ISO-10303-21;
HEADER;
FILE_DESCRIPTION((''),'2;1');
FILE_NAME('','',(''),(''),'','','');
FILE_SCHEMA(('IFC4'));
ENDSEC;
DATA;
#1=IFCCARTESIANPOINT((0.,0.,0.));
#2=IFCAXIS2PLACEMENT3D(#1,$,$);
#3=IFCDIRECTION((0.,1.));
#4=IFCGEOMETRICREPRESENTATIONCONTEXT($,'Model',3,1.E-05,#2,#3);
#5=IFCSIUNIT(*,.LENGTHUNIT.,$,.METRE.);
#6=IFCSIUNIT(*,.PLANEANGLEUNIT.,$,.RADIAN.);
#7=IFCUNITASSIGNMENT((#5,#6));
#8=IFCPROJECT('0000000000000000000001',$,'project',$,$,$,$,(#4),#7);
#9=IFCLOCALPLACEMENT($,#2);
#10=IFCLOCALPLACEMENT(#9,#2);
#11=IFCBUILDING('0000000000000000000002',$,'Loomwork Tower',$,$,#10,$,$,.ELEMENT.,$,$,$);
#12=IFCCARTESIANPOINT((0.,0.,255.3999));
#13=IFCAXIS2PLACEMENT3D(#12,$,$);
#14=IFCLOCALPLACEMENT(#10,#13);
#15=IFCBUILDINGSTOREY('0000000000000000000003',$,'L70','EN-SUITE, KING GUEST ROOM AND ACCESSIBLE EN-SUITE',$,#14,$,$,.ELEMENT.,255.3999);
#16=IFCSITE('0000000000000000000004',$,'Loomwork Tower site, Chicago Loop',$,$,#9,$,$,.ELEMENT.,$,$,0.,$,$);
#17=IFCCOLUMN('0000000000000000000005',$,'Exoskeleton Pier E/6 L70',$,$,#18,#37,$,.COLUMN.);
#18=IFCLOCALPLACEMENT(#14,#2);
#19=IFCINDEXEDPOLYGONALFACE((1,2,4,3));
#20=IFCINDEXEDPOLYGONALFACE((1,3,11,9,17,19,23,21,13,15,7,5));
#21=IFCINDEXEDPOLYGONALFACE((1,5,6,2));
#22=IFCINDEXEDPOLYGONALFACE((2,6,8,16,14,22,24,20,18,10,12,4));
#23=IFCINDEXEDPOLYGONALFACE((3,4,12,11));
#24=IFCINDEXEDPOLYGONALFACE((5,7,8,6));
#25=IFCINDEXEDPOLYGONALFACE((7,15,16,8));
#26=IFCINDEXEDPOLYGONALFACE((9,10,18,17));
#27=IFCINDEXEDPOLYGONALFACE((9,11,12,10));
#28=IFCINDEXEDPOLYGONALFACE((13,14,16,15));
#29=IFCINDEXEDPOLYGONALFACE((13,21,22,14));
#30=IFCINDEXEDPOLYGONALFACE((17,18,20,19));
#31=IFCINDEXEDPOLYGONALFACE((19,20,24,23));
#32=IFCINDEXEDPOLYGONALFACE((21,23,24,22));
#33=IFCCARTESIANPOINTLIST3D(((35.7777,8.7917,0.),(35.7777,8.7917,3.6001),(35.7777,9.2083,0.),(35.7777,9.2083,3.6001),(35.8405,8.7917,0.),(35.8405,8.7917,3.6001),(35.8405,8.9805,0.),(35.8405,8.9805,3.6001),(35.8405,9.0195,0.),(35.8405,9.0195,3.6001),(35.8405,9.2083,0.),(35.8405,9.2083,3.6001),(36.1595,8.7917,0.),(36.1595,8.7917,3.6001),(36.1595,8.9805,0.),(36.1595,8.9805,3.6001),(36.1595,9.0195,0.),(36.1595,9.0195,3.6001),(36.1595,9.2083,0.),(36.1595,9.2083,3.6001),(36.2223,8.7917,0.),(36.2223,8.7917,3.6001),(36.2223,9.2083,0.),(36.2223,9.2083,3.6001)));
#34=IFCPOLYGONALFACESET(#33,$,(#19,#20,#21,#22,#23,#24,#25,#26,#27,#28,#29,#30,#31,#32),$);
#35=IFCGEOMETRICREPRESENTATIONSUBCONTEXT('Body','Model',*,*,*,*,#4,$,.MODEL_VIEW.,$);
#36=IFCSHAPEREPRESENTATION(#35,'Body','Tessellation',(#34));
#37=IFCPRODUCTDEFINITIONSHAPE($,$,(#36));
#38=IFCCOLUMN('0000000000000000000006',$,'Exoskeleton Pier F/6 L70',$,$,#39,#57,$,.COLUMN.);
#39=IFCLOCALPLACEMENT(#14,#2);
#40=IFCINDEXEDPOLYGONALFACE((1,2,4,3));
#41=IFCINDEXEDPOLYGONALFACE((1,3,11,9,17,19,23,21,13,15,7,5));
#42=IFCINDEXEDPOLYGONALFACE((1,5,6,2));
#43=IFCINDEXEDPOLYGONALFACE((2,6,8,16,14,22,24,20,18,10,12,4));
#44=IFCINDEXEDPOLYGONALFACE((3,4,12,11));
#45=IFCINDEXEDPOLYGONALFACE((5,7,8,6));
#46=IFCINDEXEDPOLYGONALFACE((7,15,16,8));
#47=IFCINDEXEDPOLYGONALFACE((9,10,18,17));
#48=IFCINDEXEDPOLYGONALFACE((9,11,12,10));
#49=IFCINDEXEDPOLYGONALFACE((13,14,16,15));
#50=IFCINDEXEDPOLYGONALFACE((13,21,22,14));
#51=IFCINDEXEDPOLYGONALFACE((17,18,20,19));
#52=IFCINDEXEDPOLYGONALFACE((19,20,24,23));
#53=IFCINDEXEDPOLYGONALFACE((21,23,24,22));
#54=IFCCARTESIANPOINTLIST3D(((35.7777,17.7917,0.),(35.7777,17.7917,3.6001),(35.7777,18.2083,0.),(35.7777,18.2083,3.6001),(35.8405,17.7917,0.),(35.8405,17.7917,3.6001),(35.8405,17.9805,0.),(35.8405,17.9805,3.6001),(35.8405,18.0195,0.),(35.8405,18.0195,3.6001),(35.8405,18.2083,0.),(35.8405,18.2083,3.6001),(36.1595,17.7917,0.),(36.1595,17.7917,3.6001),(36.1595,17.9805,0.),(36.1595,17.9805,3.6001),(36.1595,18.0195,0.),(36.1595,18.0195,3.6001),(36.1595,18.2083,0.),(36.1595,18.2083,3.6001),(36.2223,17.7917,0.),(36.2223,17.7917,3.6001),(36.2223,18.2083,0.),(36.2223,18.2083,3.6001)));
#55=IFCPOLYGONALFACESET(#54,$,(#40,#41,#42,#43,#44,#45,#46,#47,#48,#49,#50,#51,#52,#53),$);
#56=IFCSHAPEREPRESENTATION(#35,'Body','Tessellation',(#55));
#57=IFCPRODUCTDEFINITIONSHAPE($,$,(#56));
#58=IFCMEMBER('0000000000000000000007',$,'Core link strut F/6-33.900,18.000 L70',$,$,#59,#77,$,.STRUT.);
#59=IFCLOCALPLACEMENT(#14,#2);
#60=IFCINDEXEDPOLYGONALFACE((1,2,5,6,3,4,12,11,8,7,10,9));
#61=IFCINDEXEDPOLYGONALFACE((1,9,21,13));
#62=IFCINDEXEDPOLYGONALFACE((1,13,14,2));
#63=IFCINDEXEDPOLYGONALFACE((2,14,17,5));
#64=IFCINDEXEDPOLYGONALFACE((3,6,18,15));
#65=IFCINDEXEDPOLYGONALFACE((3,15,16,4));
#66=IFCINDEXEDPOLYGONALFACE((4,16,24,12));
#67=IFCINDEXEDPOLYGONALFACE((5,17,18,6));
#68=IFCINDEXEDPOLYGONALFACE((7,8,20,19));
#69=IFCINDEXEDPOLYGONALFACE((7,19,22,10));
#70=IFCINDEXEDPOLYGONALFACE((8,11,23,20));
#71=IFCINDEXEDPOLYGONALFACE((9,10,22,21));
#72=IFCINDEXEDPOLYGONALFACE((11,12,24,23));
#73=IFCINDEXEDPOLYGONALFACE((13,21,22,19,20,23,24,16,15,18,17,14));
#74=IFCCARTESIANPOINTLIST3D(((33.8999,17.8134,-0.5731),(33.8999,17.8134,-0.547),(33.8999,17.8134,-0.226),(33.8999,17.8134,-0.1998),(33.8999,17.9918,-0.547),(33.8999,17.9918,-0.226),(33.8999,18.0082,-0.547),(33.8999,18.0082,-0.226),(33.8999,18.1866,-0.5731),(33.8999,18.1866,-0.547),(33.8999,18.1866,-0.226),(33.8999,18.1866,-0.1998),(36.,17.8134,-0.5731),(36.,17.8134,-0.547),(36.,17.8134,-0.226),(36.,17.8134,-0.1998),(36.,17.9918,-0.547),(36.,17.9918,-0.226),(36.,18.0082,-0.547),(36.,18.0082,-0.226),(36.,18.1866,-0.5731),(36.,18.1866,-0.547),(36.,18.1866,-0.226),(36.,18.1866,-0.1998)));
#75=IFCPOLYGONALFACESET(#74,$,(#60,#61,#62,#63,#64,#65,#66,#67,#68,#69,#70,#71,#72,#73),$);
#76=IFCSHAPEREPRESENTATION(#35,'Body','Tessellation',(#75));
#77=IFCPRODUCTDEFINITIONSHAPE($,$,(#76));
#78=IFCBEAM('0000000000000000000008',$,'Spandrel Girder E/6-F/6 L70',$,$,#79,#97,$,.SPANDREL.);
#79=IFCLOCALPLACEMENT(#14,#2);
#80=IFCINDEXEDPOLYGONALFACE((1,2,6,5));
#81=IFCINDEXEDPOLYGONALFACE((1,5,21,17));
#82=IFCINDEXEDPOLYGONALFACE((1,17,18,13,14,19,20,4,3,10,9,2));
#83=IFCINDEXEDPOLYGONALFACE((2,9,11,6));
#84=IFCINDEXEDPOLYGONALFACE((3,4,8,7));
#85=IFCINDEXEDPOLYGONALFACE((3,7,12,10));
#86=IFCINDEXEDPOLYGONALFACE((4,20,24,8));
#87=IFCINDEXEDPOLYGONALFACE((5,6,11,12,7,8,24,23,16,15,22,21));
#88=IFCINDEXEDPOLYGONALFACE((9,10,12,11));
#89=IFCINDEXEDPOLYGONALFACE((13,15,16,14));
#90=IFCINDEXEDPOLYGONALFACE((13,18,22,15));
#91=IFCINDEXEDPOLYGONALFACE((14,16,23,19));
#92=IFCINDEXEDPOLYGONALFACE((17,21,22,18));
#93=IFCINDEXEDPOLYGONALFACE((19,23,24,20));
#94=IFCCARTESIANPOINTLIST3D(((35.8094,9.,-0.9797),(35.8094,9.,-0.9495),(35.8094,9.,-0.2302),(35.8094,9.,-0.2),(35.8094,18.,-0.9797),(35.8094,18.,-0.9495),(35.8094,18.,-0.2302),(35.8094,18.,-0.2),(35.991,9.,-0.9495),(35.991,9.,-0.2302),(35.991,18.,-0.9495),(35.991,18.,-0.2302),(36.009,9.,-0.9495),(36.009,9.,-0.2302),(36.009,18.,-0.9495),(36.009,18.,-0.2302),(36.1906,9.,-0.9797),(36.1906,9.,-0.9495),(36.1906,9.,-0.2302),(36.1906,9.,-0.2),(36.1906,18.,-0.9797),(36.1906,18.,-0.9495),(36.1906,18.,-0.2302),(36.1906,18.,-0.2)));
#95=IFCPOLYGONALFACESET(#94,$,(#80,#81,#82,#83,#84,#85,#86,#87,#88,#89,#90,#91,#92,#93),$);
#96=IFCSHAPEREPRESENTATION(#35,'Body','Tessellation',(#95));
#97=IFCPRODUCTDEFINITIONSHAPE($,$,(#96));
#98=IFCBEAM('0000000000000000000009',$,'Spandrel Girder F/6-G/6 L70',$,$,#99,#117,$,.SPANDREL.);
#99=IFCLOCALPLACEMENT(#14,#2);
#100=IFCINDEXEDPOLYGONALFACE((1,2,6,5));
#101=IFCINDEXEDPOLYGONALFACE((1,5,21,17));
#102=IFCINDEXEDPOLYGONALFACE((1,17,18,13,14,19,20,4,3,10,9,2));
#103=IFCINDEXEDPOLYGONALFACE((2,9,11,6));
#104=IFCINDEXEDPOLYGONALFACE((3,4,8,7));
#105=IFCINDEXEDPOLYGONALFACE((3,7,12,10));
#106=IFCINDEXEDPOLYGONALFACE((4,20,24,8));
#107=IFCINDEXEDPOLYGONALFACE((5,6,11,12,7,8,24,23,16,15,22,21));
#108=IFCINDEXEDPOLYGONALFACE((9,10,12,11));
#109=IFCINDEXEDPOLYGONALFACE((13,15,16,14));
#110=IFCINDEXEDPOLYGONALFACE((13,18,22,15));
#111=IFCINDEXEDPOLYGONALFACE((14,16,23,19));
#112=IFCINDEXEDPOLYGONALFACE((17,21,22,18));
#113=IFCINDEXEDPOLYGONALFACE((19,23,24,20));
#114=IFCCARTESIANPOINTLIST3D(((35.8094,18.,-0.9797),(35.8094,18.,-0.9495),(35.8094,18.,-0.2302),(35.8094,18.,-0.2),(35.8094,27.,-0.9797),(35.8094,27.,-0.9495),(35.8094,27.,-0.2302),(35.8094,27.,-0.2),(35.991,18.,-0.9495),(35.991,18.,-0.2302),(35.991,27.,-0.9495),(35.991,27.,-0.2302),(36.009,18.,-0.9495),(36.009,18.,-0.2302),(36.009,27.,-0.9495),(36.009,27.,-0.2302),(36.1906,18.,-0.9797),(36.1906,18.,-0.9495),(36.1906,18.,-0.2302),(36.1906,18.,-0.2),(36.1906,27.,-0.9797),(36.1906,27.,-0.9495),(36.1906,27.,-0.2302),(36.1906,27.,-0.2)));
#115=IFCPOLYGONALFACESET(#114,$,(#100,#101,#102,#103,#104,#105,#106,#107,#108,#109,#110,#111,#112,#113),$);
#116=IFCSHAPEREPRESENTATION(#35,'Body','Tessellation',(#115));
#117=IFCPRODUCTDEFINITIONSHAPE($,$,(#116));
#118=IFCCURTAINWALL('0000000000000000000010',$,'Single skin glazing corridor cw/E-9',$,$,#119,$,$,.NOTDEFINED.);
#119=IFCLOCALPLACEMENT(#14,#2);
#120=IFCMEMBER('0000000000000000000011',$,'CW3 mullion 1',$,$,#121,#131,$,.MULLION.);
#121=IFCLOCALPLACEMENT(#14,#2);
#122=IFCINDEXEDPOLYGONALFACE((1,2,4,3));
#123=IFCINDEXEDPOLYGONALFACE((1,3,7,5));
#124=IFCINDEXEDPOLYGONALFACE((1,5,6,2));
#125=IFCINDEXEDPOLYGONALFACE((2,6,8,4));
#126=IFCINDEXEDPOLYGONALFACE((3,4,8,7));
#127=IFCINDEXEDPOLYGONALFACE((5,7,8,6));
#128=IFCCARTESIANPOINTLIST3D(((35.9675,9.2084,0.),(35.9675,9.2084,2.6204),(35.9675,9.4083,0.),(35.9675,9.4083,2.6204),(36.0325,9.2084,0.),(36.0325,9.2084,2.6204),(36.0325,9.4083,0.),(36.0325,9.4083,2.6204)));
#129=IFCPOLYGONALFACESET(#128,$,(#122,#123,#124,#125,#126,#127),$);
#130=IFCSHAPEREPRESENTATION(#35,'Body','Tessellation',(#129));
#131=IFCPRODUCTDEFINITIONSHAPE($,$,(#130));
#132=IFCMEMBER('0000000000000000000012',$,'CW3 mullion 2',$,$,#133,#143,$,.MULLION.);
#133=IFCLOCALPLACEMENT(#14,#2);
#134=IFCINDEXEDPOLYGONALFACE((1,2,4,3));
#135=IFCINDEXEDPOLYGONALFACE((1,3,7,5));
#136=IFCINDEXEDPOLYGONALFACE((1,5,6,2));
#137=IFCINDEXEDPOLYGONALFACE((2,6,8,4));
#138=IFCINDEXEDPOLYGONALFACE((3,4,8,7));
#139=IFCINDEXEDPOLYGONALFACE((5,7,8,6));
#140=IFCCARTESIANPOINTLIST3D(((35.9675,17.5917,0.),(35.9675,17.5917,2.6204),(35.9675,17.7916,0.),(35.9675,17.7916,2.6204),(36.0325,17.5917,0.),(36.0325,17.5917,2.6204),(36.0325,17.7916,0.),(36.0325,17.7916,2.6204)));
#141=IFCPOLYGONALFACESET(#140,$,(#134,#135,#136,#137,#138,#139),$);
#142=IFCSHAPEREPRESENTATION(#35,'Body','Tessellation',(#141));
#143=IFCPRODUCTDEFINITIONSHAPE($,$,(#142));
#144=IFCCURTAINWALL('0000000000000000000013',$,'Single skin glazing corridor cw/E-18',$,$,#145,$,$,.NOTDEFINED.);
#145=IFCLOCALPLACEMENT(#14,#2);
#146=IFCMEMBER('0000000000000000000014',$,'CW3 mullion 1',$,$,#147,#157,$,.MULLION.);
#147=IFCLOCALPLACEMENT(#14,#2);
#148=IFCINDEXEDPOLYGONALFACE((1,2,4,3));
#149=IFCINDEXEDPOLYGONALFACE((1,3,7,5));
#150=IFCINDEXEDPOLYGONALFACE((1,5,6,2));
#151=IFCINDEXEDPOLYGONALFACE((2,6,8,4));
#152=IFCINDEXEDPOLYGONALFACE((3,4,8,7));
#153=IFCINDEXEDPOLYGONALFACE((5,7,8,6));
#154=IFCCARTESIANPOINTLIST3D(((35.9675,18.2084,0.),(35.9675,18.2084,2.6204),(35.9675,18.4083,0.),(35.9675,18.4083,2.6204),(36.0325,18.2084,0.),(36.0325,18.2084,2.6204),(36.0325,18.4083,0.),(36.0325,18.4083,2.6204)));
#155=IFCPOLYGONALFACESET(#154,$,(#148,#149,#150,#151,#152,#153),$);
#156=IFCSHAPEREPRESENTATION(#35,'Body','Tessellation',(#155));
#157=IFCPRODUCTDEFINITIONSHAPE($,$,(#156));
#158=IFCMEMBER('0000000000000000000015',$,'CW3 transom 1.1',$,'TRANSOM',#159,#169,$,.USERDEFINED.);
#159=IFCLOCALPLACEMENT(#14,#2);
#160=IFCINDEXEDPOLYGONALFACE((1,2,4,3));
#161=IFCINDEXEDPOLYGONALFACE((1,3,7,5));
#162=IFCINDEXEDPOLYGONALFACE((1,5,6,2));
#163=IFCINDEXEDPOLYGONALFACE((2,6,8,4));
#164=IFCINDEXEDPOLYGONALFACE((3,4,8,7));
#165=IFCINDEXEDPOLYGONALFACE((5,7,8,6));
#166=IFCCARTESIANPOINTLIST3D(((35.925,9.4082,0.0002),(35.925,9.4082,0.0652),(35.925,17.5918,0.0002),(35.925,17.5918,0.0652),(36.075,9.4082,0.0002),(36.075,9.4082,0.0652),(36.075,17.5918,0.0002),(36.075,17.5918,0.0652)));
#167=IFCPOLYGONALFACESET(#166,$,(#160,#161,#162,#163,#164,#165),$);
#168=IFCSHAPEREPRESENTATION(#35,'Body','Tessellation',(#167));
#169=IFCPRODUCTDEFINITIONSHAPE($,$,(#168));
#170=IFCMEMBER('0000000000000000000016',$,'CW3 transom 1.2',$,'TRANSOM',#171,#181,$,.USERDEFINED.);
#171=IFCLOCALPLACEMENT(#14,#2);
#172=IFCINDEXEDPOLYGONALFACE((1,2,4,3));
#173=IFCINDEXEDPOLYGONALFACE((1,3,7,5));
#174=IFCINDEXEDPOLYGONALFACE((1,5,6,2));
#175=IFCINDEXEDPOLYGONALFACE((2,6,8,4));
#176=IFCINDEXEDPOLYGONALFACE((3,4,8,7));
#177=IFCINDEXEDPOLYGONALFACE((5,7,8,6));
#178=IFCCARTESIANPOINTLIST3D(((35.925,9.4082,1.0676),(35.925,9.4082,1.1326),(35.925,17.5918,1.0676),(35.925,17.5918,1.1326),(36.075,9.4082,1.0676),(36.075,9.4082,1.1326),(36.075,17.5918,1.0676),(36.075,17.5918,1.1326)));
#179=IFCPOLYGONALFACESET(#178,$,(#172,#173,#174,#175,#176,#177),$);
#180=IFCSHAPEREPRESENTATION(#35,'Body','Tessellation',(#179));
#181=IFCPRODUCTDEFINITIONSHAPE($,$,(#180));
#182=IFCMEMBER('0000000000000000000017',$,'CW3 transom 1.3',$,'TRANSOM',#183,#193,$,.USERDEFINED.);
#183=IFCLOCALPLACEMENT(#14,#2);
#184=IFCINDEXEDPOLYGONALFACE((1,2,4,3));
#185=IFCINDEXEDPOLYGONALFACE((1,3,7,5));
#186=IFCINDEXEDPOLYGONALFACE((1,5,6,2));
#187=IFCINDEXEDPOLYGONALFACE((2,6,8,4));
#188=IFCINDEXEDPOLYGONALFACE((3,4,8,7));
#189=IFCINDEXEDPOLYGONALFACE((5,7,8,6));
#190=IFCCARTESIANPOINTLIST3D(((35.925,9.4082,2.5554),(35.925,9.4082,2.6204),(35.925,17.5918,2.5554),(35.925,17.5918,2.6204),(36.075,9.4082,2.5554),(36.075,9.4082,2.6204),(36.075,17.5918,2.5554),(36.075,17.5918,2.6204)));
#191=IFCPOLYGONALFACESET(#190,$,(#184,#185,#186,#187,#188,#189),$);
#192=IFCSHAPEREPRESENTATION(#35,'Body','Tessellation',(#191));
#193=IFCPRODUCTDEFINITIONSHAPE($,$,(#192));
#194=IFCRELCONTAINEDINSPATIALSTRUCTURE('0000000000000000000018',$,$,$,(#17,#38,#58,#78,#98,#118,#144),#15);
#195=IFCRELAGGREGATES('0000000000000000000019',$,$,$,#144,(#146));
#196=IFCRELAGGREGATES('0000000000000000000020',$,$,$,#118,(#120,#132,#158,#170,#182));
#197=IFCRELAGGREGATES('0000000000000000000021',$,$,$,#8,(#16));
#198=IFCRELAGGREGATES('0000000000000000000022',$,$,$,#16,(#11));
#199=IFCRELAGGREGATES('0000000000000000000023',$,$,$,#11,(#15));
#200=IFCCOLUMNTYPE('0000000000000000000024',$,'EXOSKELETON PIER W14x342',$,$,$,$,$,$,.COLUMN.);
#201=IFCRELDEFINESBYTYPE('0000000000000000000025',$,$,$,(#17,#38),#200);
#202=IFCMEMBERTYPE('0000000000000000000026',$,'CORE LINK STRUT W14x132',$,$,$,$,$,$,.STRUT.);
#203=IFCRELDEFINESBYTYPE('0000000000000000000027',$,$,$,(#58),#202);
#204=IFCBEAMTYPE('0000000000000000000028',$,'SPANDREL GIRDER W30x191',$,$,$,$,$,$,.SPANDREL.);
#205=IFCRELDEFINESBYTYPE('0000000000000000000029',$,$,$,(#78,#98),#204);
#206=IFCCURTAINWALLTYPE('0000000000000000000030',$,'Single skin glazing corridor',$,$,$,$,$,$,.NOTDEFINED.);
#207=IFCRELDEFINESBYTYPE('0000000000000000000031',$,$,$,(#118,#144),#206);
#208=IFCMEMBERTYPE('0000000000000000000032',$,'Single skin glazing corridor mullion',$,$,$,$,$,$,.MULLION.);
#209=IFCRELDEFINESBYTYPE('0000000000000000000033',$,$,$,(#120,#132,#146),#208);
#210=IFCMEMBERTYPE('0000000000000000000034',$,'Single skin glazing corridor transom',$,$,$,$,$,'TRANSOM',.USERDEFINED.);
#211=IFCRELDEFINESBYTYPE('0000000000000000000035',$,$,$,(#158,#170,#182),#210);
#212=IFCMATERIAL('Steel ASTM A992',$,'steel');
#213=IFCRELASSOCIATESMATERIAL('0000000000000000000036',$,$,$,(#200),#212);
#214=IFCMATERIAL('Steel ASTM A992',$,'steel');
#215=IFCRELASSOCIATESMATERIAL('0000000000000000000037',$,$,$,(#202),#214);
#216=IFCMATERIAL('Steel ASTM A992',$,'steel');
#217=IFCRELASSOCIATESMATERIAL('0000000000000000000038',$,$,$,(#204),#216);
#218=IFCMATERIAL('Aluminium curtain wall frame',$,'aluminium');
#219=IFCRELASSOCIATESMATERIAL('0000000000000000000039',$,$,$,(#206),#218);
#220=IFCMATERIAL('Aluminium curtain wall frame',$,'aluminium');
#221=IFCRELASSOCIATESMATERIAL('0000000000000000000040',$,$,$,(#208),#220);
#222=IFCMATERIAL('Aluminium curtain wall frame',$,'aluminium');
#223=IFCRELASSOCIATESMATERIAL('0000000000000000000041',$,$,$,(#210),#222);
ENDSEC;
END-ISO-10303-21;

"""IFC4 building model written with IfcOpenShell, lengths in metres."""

from ifc_helpers import new_model, si_unit, direction, frame, origin, origin_2d, place, context, subcontext, project, spatial, rectangle, i_section, extrude, material, material_profile, profile_set, type_object, element, aggregate, save


model = new_model("IFC4")

# Units and contexts
model_context = context("Model", 3, precision=1e-05, world=origin(), true_north=direction((0.0, 1.0)))
body_context = subcontext(model_context, "Body", "Model", "MODEL_VIEW")
ifc_project = project(units=[si_unit("LENGTHUNIT", "METRE"), si_unit("PLANEANGLEUNIT", "RADIAN")], contexts=[model_context])

# Site, building, storey
site_placement = place(None, origin())
site = spatial("IfcSite", under=ifc_project, at=site_placement, Name="Loomwork Tower site, Chicago Loop", CompositionType="ELEMENT", RefElevation=0.0)
building_placement = place(site_placement, origin())
building = spatial("IfcBuilding", under=site, at=building_placement, Name="Loomwork Tower", CompositionType="ELEMENT")
storey_placement = place(building_placement, frame((0.0, 0.0, 255.3999)))
storey = spatial("IfcBuildingStorey", under=building, at=storey_placement, Name="L70", Description="EN-SUITE, KING GUEST ROOM AND ACCESSIBLE EN-SUITE", CompositionType="ELEMENT", Elevation=255.3999)

# Columns
ifc_material_1 = material(Name="Steel ASTM A992", Category="steel")
ifc_material_profile_1 = material_profile(ifc_material_1, i_section(OverallWidth=0.4165, OverallDepth=0.4446, WebThickness=0.0391, FlangeThickness=0.0627, at=origin_2d()), Name="W14x342")
ifc_profile_set_1 = profile_set([ifc_material_profile_1], Name="Steel ASTM A992")
column_type = type_object("IfcColumnType", Name="EXOSKELETON PIER W14x342", PredefinedType="COLUMN", material=ifc_profile_set_1)
for number, where, z_axis, x_axis, name in (
    (1, (36.0, 9.0, 0.0), (0.0, 0.0, 1.0), (0.0, 1.0, 0.0), "Exoskeleton Pier E/6 L70"),
    (2, (36.0, 18.0, 0.0), (0.0, 0.0, 1.0), (0.0, 1.0, 0.0), "Exoskeleton Pier F/6 L70"),
):
    element("IfcColumn", number, at=place(storey_placement, frame(where, z_axis=z_axis, x_axis=x_axis)), inside=storey, type_object=column_type, Name=name, PredefinedType="COLUMN", context=body_context, shape_type="SweptSolid", body=[
        extrude(i_section(OverallWidth=0.4165, OverallDepth=0.4446, WebThickness=0.0391, FlangeThickness=0.0627, at=origin_2d()), origin(), (0.0, 0.0, 1.0), 3.6001),
    ])

# Member
ifc_material_2 = material(Name="Steel ASTM A992", Category="steel")
ifc_material_profile_2 = material_profile(ifc_material_2, i_section(OverallWidth=0.3733, OverallDepth=0.3733, WebThickness=0.0164, FlangeThickness=0.0261, at=origin_2d()), Name="W14x132")
ifc_profile_set_2 = profile_set([ifc_material_profile_2], Name="Steel ASTM A992")
member_type_1 = type_object("IfcMemberType", Name="CORE LINK STRUT W14x132", PredefinedType="STRUT", material=ifc_profile_set_2)
member_1_placement = place(storey_placement, frame((36.0, 18.0, -0.3865), z_axis=(-1.0, 0.0, 0.0), x_axis=(0.0, -1.0, 0.0)))
element("IfcMember", 3, at=member_1_placement, inside=storey, type_object=member_type_1, Name="Core link strut F/6-33.900,18.000 L70", PredefinedType="STRUT", context=body_context, shape_type="SweptSolid", body=[
    extrude(i_section(OverallWidth=0.3733, OverallDepth=0.3733, WebThickness=0.0164, FlangeThickness=0.0261, at=origin_2d()), origin(), (0.0, 0.0, 1.0), 2.1001),
])

# Beams
ifc_material_3 = material(Name="Steel ASTM A992", Category="steel")
ifc_material_profile_3 = material_profile(ifc_material_3, i_section(OverallWidth=0.3811, OverallDepth=0.7798, WebThickness=0.0181, FlangeThickness=0.0303, at=origin_2d()), Name="W30x191")
ifc_profile_set_3 = profile_set([ifc_material_profile_3], Name="Steel ASTM A992")
beam_type = type_object("IfcBeamType", Name="SPANDREL GIRDER W30x191", PredefinedType="SPANDREL", material=ifc_profile_set_3)
for number, where, z_axis, x_axis, name in (
    (4, (36.0, 9.0, -0.5898), (0.0, 1.0, 0.0), (-1.0, 0.0, 0.0), "Spandrel Girder E/6-F/6 L70"),
    (5, (36.0, 18.0, -0.5898), (0.0, 1.0, 0.0), (-1.0, 0.0, 0.0), "Spandrel Girder F/6-G/6 L70"),
):
    element("IfcBeam", number, at=place(storey_placement, frame(where, z_axis=z_axis, x_axis=x_axis)), inside=storey, type_object=beam_type, Name=name, PredefinedType="SPANDREL", context=body_context, shape_type="SweptSolid", body=[
        extrude(i_section(OverallWidth=0.3811, OverallDepth=0.7798, WebThickness=0.0181, FlangeThickness=0.0303, at=origin_2d()), origin(), (0.0, 0.0, 1.0), 9.0),
    ])

# Curtain wall, members
ifc_material_4 = material(Name="Aluminium curtain wall frame", Category="aluminium")
curtain_wall_type = type_object("IfcCurtainWallType", Name="Single skin glazing corridor", PredefinedType="NOTDEFINED", material=ifc_material_4)
curtain_wall_1_placement = place(storey_placement, origin())
curtain_wall_1 = element("IfcCurtainWall", 6, at=curtain_wall_1_placement, inside=storey, type_object=curtain_wall_type, Name="Single skin glazing corridor cw/E-9", PredefinedType="NOTDEFINED")
ifc_material_5 = material(Name="Aluminium curtain wall frame", Category="aluminium")
ifc_material_profile_4 = material_profile(ifc_material_5, rectangle(XDim=0.0649, YDim=0.2, at=origin_2d()), Name="AL 65x200")
ifc_profile_set_4 = profile_set([ifc_material_profile_4], Name="Aluminium curtain wall frame")
member_type_2 = type_object("IfcMemberType", Name="Single skin glazing corridor mullion", PredefinedType="MULLION", material=ifc_profile_set_4)
member_2_placement = place(storey_placement, frame((36.0, 9.3083, 0.0), z_axis=(0.0, 0.0, 1.0), x_axis=(-1.0, 0.0, 0.0)))
member_2 = element("IfcMember", 7, at=member_2_placement, type_object=member_type_2, Name="CW3 mullion 1", PredefinedType="MULLION", context=body_context, shape_type="SweptSolid", body=[
    extrude(rectangle(XDim=0.0649, YDim=0.2, at=origin_2d()), origin(), (0.0, 0.0, 1.0), 2.6204),
])
member_3_placement = place(storey_placement, frame((36.0, 17.6917, 0.0), z_axis=(0.0, 0.0, 1.0), x_axis=(-1.0, 0.0, 0.0)))
member_3 = element("IfcMember", 8, at=member_3_placement, type_object=member_type_2, Name="CW3 mullion 2", PredefinedType="MULLION", context=body_context, shape_type="SweptSolid", body=[
    extrude(rectangle(XDim=0.0649, YDim=0.2, at=origin_2d()), origin(), (0.0, 0.0, 1.0), 2.6204),
])

# Curtain wall, member
curtain_wall_2_placement = place(storey_placement, origin())
curtain_wall_2 = element("IfcCurtainWall", 9, at=curtain_wall_2_placement, inside=storey, type_object=curtain_wall_type, Name="Single skin glazing corridor cw/E-18", PredefinedType="NOTDEFINED")
member_4_placement = place(storey_placement, frame((36.0, 18.3083, 0.0), z_axis=(0.0, 0.0, 1.0), x_axis=(-1.0, 0.0, 0.0)))
member_4 = element("IfcMember", 10, at=member_4_placement, type_object=member_type_2, Name="CW3 mullion 1", PredefinedType="MULLION", context=body_context, shape_type="SweptSolid", body=[
    extrude(rectangle(XDim=0.0649, YDim=0.2, at=origin_2d()), origin(), (0.0, 0.0, 1.0), 2.6204),
])
aggregate(curtain_wall_2, [member_4])

# Members
ifc_material_6 = material(Name="Aluminium curtain wall frame", Category="aluminium")
ifc_material_profile_5 = material_profile(ifc_material_6, rectangle(XDim=0.1499, YDim=0.0649, at=origin_2d()), Name="AL 65x150")
ifc_profile_set_5 = profile_set([ifc_material_profile_5], Name="Aluminium curtain wall frame")
member_type_3 = type_object("IfcMemberType", Name="Single skin glazing corridor transom", ElementType="TRANSOM", PredefinedType="USERDEFINED", material=ifc_profile_set_5)
member_5_placement = place(storey_placement, frame((36.0, 9.4082, 0.0327), z_axis=(0.0, 1.0, 0.0), x_axis=(-1.0, 0.0, 0.0)))
member_5 = element("IfcMember", 11, at=member_5_placement, type_object=member_type_3, Name="CW3 transom 1.1", ObjectType="TRANSOM", PredefinedType="USERDEFINED", context=body_context, shape_type="SweptSolid", body=[
    extrude(rectangle(XDim=0.1499, YDim=0.0649, at=origin_2d()), origin(), (0.0, 0.0, 1.0), 8.1836),
])
member_6_placement = place(storey_placement, frame((36.0, 9.4082, 1.1001), z_axis=(0.0, 1.0, 0.0), x_axis=(-1.0, 0.0, 0.0)))
member_6 = element("IfcMember", 12, at=member_6_placement, type_object=member_type_3, Name="CW3 transom 1.2", ObjectType="TRANSOM", PredefinedType="USERDEFINED", context=body_context, shape_type="SweptSolid", body=[
    extrude(rectangle(XDim=0.1499, YDim=0.0649, at=origin_2d()), origin(), (0.0, 0.0, 1.0), 8.1836),
])
member_7_placement = place(storey_placement, frame((36.0, 9.4082, 2.5879), z_axis=(0.0, 1.0, 0.0), x_axis=(-1.0, 0.0, 0.0)))
member_7 = element("IfcMember", 13, at=member_7_placement, type_object=member_type_3, Name="CW3 transom 1.3", ObjectType="TRANSOM", PredefinedType="USERDEFINED", context=body_context, shape_type="SweptSolid", body=[
    extrude(rectangle(XDim=0.1499, YDim=0.0649, at=origin_2d()), origin(), (0.0, 0.0, 1.0), 8.1836),
])

aggregate(curtain_wall_1, [member_2, member_3, member_5, member_6, member_7])

save(model, "model.ifc")
